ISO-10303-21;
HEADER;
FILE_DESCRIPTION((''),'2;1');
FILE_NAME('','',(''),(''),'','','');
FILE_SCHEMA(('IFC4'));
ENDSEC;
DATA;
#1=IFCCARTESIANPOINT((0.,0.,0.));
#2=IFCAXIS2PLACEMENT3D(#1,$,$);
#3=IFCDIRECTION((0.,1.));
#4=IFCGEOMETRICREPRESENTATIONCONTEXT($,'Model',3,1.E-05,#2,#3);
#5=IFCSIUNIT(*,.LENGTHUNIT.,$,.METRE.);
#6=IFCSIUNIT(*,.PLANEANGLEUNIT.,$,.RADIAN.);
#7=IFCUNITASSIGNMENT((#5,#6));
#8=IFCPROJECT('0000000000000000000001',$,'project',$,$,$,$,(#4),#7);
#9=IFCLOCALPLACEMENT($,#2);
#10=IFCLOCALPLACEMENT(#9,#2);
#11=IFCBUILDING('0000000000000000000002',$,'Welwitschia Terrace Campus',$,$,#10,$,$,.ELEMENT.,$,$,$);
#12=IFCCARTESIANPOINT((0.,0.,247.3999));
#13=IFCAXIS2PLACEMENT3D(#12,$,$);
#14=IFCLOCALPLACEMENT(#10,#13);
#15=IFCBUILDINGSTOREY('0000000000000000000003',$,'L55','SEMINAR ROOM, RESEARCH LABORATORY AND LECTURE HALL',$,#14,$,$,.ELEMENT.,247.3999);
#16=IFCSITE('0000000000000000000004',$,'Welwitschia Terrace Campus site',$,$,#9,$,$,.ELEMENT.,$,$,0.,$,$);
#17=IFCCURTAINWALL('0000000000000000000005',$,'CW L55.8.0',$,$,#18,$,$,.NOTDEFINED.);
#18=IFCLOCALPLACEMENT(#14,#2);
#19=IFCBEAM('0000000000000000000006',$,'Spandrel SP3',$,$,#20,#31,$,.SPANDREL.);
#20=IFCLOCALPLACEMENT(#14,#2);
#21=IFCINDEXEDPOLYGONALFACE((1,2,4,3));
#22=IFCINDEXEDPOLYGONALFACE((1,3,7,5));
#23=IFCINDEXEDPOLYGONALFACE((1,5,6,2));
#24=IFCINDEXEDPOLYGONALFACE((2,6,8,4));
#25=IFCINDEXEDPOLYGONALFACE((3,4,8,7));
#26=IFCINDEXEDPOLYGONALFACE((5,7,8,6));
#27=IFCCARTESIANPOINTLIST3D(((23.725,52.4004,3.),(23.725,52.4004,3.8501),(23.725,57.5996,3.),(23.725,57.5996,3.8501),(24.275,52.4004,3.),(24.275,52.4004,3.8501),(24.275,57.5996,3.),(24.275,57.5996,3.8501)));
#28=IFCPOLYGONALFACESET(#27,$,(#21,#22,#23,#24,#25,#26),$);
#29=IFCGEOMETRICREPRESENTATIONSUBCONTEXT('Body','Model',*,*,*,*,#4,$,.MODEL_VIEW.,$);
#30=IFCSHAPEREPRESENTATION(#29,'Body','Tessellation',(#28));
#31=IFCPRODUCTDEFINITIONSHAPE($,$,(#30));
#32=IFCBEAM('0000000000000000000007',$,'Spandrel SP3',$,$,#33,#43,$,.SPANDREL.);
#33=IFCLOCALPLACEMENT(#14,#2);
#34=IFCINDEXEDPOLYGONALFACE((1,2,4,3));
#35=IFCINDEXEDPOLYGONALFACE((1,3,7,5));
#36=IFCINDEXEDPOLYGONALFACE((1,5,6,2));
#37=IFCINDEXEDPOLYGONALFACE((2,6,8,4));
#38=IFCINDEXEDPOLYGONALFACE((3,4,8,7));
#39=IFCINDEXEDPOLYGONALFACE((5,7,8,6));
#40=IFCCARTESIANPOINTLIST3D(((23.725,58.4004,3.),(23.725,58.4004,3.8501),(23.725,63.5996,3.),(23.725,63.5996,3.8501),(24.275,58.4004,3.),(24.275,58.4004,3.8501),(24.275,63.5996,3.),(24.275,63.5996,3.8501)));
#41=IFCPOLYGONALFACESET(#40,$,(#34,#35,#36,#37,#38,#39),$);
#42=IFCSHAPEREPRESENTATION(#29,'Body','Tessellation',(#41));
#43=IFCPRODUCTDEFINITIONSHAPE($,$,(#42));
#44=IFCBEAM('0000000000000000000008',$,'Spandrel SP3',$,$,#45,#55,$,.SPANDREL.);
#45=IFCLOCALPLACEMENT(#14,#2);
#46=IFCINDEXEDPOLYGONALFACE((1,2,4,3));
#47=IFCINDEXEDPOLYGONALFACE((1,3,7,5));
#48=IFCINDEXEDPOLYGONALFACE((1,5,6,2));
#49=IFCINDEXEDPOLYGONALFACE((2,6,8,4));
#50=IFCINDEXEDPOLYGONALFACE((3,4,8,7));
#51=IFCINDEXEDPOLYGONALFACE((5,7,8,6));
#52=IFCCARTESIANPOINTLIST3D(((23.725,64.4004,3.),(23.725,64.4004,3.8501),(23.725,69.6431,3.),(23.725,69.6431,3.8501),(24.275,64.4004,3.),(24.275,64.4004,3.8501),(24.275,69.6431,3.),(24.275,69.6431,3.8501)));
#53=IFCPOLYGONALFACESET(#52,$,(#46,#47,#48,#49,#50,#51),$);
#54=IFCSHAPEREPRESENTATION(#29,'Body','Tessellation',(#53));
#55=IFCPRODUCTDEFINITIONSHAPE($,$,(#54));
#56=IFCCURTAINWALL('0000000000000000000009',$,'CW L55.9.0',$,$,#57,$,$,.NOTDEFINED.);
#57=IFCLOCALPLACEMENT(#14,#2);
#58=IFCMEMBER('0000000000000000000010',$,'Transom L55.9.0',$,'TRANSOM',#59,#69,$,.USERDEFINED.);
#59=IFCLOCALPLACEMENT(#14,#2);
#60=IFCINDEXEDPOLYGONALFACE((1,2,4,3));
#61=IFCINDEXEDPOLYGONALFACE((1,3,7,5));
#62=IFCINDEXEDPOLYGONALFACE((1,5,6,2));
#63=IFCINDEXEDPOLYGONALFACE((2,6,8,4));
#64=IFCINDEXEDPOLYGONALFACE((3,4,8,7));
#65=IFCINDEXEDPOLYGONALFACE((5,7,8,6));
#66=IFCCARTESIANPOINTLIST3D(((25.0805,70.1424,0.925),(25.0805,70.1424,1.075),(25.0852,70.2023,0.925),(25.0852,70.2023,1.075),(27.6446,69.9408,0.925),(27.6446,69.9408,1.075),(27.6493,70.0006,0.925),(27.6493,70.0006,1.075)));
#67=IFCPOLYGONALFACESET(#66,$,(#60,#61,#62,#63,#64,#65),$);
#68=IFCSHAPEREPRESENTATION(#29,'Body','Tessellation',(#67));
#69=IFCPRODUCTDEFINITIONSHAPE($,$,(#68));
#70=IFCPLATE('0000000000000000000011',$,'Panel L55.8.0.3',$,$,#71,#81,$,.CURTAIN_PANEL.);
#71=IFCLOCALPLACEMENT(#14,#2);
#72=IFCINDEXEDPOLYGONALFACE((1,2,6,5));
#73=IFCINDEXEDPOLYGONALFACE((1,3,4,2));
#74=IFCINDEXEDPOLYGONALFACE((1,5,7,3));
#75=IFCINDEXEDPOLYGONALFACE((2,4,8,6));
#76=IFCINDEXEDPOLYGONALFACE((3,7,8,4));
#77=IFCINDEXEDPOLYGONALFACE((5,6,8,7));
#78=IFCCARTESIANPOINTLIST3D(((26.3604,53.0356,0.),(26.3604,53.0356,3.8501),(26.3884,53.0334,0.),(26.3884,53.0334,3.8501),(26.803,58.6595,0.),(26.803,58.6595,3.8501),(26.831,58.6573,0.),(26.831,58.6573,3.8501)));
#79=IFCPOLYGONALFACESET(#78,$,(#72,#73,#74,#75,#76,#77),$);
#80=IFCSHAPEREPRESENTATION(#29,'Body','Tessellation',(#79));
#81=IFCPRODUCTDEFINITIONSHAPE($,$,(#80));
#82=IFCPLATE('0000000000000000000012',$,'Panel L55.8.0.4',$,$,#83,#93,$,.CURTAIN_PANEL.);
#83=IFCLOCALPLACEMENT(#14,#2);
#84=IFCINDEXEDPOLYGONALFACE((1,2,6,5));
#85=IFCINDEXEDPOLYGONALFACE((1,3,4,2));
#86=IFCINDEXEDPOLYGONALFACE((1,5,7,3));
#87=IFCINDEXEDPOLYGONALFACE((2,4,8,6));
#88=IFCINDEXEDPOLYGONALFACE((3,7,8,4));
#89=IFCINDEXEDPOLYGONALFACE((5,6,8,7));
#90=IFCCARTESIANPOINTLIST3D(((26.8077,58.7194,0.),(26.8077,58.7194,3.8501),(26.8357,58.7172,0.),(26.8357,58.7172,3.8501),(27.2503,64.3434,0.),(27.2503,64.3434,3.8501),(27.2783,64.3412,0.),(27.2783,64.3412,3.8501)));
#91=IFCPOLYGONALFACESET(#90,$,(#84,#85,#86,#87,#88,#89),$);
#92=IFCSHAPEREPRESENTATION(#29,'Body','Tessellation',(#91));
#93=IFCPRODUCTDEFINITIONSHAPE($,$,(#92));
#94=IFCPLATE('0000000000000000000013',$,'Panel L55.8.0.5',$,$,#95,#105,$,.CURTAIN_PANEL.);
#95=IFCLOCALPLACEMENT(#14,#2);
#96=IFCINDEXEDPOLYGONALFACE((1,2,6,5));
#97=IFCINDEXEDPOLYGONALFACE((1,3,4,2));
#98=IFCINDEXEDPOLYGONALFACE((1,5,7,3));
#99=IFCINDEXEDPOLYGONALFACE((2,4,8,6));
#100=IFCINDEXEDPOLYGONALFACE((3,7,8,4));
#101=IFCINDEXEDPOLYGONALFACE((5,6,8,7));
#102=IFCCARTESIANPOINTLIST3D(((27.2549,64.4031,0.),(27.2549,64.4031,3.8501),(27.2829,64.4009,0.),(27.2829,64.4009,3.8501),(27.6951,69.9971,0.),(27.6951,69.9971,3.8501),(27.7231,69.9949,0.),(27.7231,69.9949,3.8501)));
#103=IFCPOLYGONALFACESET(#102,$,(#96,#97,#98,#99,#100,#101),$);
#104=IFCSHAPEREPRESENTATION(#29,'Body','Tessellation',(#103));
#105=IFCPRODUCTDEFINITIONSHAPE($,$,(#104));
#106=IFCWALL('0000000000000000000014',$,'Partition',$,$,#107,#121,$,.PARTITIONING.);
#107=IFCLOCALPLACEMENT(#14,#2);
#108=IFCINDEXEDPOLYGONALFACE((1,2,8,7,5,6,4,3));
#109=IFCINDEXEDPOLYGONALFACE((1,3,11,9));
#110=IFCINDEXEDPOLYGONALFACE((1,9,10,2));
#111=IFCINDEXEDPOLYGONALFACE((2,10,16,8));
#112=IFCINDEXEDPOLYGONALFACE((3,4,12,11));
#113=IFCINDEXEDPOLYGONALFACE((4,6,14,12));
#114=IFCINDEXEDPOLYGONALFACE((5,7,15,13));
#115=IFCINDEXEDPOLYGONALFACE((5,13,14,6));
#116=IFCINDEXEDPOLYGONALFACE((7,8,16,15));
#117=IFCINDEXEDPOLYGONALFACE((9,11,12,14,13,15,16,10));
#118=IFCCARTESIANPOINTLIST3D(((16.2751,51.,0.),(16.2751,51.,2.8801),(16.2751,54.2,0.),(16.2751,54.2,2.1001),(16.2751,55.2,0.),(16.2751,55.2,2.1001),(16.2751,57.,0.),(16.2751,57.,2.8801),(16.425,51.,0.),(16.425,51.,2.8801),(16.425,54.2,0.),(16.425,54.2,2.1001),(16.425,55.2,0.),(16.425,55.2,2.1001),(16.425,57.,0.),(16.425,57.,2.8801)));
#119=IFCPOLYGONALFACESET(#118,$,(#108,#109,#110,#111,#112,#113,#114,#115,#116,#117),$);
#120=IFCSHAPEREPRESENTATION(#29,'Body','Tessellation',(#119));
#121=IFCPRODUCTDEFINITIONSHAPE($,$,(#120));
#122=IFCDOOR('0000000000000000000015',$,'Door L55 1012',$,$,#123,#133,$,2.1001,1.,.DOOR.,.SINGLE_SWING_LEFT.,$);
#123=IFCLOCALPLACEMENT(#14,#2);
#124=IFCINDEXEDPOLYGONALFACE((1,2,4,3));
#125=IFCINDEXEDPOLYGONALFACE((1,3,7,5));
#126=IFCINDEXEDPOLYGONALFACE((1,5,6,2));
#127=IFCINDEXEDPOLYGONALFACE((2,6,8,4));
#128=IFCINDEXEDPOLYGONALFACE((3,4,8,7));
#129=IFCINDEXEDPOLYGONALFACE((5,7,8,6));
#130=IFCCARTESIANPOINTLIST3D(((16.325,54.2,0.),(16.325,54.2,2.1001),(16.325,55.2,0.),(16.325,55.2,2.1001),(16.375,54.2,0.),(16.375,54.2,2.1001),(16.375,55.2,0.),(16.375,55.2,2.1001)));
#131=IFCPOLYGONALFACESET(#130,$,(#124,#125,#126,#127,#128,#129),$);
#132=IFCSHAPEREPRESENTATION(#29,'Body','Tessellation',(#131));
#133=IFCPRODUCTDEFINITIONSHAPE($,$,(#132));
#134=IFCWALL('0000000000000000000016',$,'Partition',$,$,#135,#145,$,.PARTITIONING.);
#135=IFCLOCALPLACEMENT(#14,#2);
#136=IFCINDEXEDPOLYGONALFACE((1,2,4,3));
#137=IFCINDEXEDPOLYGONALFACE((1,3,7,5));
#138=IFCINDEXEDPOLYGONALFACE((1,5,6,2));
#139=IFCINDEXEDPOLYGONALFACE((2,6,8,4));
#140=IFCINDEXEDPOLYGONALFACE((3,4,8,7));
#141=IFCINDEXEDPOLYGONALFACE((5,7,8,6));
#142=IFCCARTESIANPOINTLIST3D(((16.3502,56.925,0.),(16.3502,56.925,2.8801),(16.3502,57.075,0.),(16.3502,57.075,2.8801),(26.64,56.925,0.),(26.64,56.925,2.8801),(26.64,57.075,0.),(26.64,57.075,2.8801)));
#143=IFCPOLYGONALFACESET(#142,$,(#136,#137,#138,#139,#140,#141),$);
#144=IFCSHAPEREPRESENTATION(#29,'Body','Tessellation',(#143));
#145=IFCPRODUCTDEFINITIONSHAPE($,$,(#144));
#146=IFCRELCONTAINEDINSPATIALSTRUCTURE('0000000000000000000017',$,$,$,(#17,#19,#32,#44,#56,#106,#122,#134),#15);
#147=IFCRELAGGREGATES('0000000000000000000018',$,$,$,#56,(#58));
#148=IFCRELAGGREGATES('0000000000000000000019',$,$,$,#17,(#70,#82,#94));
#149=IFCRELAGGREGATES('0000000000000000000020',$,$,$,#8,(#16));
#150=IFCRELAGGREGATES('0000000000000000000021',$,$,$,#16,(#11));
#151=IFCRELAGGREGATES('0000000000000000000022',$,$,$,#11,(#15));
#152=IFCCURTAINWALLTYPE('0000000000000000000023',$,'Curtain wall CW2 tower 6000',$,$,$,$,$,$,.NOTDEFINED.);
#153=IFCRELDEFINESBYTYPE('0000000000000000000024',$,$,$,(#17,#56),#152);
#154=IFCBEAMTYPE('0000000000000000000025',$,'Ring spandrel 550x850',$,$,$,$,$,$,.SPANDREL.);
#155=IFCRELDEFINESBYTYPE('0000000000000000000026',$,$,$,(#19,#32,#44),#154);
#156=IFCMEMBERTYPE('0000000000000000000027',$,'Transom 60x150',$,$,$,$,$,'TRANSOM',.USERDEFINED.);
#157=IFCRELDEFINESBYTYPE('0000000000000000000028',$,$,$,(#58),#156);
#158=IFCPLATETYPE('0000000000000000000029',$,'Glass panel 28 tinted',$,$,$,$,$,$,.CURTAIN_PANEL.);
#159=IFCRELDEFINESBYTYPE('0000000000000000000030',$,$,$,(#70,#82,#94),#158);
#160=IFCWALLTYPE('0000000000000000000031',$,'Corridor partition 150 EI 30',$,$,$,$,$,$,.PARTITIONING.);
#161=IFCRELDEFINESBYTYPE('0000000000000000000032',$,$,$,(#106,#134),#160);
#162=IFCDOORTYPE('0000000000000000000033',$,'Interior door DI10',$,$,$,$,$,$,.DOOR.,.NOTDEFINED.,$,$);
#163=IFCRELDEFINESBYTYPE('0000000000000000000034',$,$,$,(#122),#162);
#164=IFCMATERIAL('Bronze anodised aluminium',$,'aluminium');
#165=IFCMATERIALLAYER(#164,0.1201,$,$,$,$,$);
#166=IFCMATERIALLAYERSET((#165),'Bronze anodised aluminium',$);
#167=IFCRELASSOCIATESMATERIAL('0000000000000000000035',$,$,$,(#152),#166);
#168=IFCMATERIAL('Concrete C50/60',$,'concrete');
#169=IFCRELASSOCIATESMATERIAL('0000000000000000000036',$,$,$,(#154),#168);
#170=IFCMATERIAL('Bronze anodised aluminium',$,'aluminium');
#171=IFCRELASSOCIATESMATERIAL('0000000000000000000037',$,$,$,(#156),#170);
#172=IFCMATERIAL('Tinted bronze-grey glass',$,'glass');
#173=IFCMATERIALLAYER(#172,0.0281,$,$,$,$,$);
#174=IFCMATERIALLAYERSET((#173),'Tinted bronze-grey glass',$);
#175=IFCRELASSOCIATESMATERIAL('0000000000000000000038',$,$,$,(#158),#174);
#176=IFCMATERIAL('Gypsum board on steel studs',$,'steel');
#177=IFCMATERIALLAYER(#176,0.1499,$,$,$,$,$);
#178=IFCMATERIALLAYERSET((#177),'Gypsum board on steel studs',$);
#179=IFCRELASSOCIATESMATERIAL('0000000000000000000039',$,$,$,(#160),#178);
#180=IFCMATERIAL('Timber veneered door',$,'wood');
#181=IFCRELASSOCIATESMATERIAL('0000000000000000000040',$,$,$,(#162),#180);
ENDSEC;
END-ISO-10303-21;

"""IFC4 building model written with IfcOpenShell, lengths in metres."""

from ifc_helpers import new_model, si_unit, direction, frame, frame_2d, origin, origin_2d, place, context, subcontext, project, spatial, rectangle, extrude, material, layer, layer_set, material_profile, profile_set, type_object, element, fill, aggregate, save


model = new_model("IFC4")

# Units and contexts
model_context = context("Model", 3, precision=1e-05, world=origin(), true_north=direction((0.0, 1.0)))
body_context = subcontext(model_context, "Body", "Model", "MODEL_VIEW")
ifc_project = project(units=[si_unit("LENGTHUNIT", "METRE"), si_unit("PLANEANGLEUNIT", "RADIAN")], contexts=[model_context])

# Site, building, storey
site_placement = place(None, origin())
site = spatial("IfcSite", under=ifc_project, at=site_placement, Name="Welwitschia Terrace Campus site", CompositionType="ELEMENT", RefElevation=0.0)
building_placement = place(site_placement, origin())
building = spatial("IfcBuilding", under=site, at=building_placement, Name="Welwitschia Terrace Campus", CompositionType="ELEMENT")
storey_placement = place(building_placement, frame((0.0, 0.0, 247.3999)))
storey = spatial("IfcBuildingStorey", under=building, at=storey_placement, Name="L55", Description="SEMINAR ROOM, RESEARCH LABORATORY AND LECTURE HALL", CompositionType="ELEMENT", Elevation=247.3999)

# Curtain wall
ifc_material_1 = material(Name="Bronze anodised aluminium", Category="aluminium")
ifc_layer_1 = layer(ifc_material_1, 0.1201)
ifc_layer_set_1 = layer_set([ifc_layer_1], Name="Bronze anodised aluminium")
curtain_wall_type = type_object("IfcCurtainWallType", Name="Curtain wall CW2 tower 6000", PredefinedType="NOTDEFINED", material=ifc_layer_set_1)
curtain_wall_1_placement = place(storey_placement, origin())
curtain_wall_1 = element("IfcCurtainWall", 1, at=curtain_wall_1_placement, inside=storey, type_object=curtain_wall_type, Name="CW L55.8.0", PredefinedType="NOTDEFINED")

# Beams
ifc_material_2 = material(Name="Concrete C50/60", Category="concrete")
ifc_material_profile_1 = material_profile(ifc_material_2, rectangle(XDim=0.55, YDim=0.8501, at=origin_2d()))
ifc_profile_set_1 = profile_set([ifc_material_profile_1], Name="Concrete C50/60")
beam_type_1 = type_object("IfcBeamType", Name="Ring spandrel 550x850", PredefinedType="SPANDREL", material=ifc_profile_set_1)
for number, where, z_axis, x_axis, name in (
    (2, (24.0, 52.4004, 3.425), (0.0, 1.0, 0.0), (-1.0, 0.0, 0.0), "Spandrel SP3"),
    (3, (24.0, 58.4004, 3.425), (0.0, 1.0, 0.0), (-1.0, 0.0, 0.0), "Spandrel SP3"),
):
    element("IfcBeam", number, at=place(storey_placement, frame(where, z_axis=z_axis, x_axis=x_axis)), inside=storey, type_object=beam_type_1, Name=name, PredefinedType="SPANDREL", context=body_context, shape_type="SweptSolid", body=[
        extrude(rectangle(XDim=0.55, YDim=0.8501, at=origin_2d()), origin(), (0.0, 0.0, 1.0), 5.1992),
    ])
beam_1_placement = place(storey_placement, frame((24.0, 64.4004, 3.425), z_axis=(0.0, 1.0, 0.0), x_axis=(-1.0, 0.0, 0.0)))
element("IfcBeam", 4, at=beam_1_placement, inside=storey, type_object=beam_type_1, Name="Spandrel SP3", PredefinedType="SPANDREL", context=body_context, shape_type="SweptSolid", body=[
    extrude(rectangle(XDim=0.55, YDim=0.8501, at=origin_2d()), origin(), (0.0, 0.0, 1.0), 5.2427),
])

# Curtain wall, member
curtain_wall_2_placement = place(storey_placement, origin())
curtain_wall_2 = element("IfcCurtainWall", 5, at=curtain_wall_2_placement, inside=storey, type_object=curtain_wall_type, Name="CW L55.9.0", PredefinedType="NOTDEFINED")
ifc_material_3 = material(Name="Bronze anodised aluminium", Category="aluminium")
ifc_material_profile_2 = material_profile(ifc_material_3, rectangle(XDim=0.0601, YDim=0.1499, at=origin_2d()))
ifc_profile_set_2 = profile_set([ifc_material_profile_2], Name="Bronze anodised aluminium")
member_type_1 = type_object("IfcMemberType", Name="Transom 60x150", ElementType="TRANSOM", PredefinedType="USERDEFINED", material=ifc_profile_set_2)
member_1_placement = place(storey_placement, frame((27.647, 69.9707, 1.0), z_axis=(-0.996922, 0.078402, 0.0), x_axis=(-0.078402, -0.996922, 0.0)))
member_1 = element("IfcMember", 6, at=member_1_placement, type_object=member_type_1, Name="Transom L55.9.0", ObjectType="TRANSOM", PredefinedType="USERDEFINED", context=body_context, shape_type="SweptSolid", body=[
    extrude(rectangle(XDim=0.0601, YDim=0.1499, at=origin_2d()), origin(), (0.0, 0.0, 1.0), 2.572),
])
aggregate(curtain_wall_2, [member_1])

# Plates
ifc_material_4 = material(Name="Tinted bronze-grey glass", Category="glass")
ifc_layer_2 = layer(ifc_material_4, 0.0281)
ifc_layer_set_2 = layer_set([ifc_layer_2], Name="Tinted bronze-grey glass")
plate_type = type_object("IfcPlateType", Name="Glass panel 28 tinted", PredefinedType="CURTAIN_PANEL", material=ifc_layer_set_2)
plate_1_placement = place(storey_placement, frame((26.5957, 55.8464, 0.0), z_axis=(0.0, 0.0, 1.0), x_axis=(0.078459, 0.996917, 0.0)))
plate_1 = element("IfcPlate", 7, at=plate_1_placement, type_object=plate_type, Name="Panel L55.8.0.3", PredefinedType="CURTAIN_PANEL", context=body_context, shape_type="SweptSolid", body=[
    extrude(rectangle(XDim=5.6414, YDim=0.0281, at=origin_2d()), origin(), (0.0, 0.0, 1.0), 3.8501),
])
plate_2_placement = place(storey_placement, frame((27.043, 61.5303, 0.0), z_axis=(0.0, 0.0, 1.0), x_axis=(0.078459, 0.996917, 0.0)))
plate_2 = element("IfcPlate", 8, at=plate_2_placement, type_object=plate_type, Name="Panel L55.8.0.4", PredefinedType="CURTAIN_PANEL", context=body_context, shape_type="SweptSolid", body=[
    extrude(rectangle(XDim=5.6414, YDim=0.0281, at=origin_2d()), origin(), (0.0, 0.0, 1.0), 3.8501),
])
plate_3_placement = place(storey_placement, frame((27.489, 67.199, 0.0), z_axis=(0.0, 0.0, 1.0), x_axis=(0.078459, 0.996917, 0.0)))
plate_3 = element("IfcPlate", 9, at=plate_3_placement, type_object=plate_type, Name="Panel L55.8.0.5", PredefinedType="CURTAIN_PANEL", context=body_context, shape_type="SweptSolid", body=[
    extrude(rectangle(XDim=5.6113, YDim=0.0281, at=origin_2d()), origin(), (0.0, 0.0, 1.0), 3.8501),
])
aggregate(curtain_wall_1, [plate_1, plate_2, plate_3])

# Wall, opening, door
ifc_material_5 = material(Name="Gypsum board on steel studs", Category="steel")
ifc_layer_3 = layer(ifc_material_5, 0.1499)
ifc_layer_set_3 = layer_set([ifc_layer_3], Name="Gypsum board on steel studs")
wall_type = type_object("IfcWallType", Name="Corridor partition 150 EI 30", PredefinedType="PARTITIONING", material=ifc_layer_set_3)
wall_1_placement = place(storey_placement, frame((16.3501, 57.0, 0.0), z_axis=(0.0, 0.0, 1.0), x_axis=(0.0, -1.0, 0.0)))
wall_1 = element("IfcWall", 10, at=wall_1_placement, inside=storey, type_object=wall_type, Name="Partition", PredefinedType="PARTITIONING", context=body_context, shape_type="SweptSolid", body=[
    extrude(rectangle(XDim=6.0, YDim=0.1499, at=frame_2d((3.0, 0.0))), origin(), (0.0, 0.0, 1.0), 2.8801),
])
opening_placement = place(wall_1_placement, frame((1.8, 0.0, 0.0)))
opening = element("IfcOpeningElement", 11, at=opening_placement, cuts=wall_1, PredefinedType="OPENING", context=body_context, shape_type="SweptSolid", body=[
    extrude(rectangle(XDim=1.0, YDim=2.1001, at=frame_2d((0.5, 1.05))), frame((0.0, 0.085, 0.0), z_axis=(0.0, -1.0, 0.0), x_axis=(1.0, 0.0, 0.0)), (0.0, 0.0, 1.0), 0.1699),
])
ifc_material_6 = material(Name="Timber veneered door", Category="wood")
door_type = type_object("IfcDoorType", Name="Interior door DI10", OperationType="NOTDEFINED", PredefinedType="DOOR", material=ifc_material_6)
door_placement = place(opening_placement, origin())
door = element("IfcDoor", 12, at=door_placement, inside=storey, type_object=door_type, Name="Door L55 1012", OperationType="SINGLE_SWING_LEFT", OverallHeight=2.1001, OverallWidth=1.0, PredefinedType="DOOR", context=body_context, shape_type="SweptSolid", body=[
    extrude(rectangle(XDim=1.0, YDim=2.1001, at=frame_2d((0.5, 1.05))), frame((0.0, 0.0249, 0.0), z_axis=(0.0, -1.0, 0.0), x_axis=(1.0, 0.0, 0.0)), (0.0, 0.0, 1.0), 0.05),
])
fill(opening, door)

# Wall
wall_2_placement = place(storey_placement, frame((16.3501, 57.0, 0.0), z_axis=(0.0, 0.0, 1.0), x_axis=(1.0, 0.0, 0.0)))
element("IfcWall", 13, at=wall_2_placement, inside=storey, type_object=wall_type, Name="Partition", PredefinedType="PARTITIONING", context=body_context, shape_type="SweptSolid", body=[
    extrude(rectangle(XDim=10.2898, YDim=0.1499, at=frame_2d((5.145, 0.0))), origin(), (0.0, 0.0, 1.0), 2.8801),
])

save(model, "model.ifc")
